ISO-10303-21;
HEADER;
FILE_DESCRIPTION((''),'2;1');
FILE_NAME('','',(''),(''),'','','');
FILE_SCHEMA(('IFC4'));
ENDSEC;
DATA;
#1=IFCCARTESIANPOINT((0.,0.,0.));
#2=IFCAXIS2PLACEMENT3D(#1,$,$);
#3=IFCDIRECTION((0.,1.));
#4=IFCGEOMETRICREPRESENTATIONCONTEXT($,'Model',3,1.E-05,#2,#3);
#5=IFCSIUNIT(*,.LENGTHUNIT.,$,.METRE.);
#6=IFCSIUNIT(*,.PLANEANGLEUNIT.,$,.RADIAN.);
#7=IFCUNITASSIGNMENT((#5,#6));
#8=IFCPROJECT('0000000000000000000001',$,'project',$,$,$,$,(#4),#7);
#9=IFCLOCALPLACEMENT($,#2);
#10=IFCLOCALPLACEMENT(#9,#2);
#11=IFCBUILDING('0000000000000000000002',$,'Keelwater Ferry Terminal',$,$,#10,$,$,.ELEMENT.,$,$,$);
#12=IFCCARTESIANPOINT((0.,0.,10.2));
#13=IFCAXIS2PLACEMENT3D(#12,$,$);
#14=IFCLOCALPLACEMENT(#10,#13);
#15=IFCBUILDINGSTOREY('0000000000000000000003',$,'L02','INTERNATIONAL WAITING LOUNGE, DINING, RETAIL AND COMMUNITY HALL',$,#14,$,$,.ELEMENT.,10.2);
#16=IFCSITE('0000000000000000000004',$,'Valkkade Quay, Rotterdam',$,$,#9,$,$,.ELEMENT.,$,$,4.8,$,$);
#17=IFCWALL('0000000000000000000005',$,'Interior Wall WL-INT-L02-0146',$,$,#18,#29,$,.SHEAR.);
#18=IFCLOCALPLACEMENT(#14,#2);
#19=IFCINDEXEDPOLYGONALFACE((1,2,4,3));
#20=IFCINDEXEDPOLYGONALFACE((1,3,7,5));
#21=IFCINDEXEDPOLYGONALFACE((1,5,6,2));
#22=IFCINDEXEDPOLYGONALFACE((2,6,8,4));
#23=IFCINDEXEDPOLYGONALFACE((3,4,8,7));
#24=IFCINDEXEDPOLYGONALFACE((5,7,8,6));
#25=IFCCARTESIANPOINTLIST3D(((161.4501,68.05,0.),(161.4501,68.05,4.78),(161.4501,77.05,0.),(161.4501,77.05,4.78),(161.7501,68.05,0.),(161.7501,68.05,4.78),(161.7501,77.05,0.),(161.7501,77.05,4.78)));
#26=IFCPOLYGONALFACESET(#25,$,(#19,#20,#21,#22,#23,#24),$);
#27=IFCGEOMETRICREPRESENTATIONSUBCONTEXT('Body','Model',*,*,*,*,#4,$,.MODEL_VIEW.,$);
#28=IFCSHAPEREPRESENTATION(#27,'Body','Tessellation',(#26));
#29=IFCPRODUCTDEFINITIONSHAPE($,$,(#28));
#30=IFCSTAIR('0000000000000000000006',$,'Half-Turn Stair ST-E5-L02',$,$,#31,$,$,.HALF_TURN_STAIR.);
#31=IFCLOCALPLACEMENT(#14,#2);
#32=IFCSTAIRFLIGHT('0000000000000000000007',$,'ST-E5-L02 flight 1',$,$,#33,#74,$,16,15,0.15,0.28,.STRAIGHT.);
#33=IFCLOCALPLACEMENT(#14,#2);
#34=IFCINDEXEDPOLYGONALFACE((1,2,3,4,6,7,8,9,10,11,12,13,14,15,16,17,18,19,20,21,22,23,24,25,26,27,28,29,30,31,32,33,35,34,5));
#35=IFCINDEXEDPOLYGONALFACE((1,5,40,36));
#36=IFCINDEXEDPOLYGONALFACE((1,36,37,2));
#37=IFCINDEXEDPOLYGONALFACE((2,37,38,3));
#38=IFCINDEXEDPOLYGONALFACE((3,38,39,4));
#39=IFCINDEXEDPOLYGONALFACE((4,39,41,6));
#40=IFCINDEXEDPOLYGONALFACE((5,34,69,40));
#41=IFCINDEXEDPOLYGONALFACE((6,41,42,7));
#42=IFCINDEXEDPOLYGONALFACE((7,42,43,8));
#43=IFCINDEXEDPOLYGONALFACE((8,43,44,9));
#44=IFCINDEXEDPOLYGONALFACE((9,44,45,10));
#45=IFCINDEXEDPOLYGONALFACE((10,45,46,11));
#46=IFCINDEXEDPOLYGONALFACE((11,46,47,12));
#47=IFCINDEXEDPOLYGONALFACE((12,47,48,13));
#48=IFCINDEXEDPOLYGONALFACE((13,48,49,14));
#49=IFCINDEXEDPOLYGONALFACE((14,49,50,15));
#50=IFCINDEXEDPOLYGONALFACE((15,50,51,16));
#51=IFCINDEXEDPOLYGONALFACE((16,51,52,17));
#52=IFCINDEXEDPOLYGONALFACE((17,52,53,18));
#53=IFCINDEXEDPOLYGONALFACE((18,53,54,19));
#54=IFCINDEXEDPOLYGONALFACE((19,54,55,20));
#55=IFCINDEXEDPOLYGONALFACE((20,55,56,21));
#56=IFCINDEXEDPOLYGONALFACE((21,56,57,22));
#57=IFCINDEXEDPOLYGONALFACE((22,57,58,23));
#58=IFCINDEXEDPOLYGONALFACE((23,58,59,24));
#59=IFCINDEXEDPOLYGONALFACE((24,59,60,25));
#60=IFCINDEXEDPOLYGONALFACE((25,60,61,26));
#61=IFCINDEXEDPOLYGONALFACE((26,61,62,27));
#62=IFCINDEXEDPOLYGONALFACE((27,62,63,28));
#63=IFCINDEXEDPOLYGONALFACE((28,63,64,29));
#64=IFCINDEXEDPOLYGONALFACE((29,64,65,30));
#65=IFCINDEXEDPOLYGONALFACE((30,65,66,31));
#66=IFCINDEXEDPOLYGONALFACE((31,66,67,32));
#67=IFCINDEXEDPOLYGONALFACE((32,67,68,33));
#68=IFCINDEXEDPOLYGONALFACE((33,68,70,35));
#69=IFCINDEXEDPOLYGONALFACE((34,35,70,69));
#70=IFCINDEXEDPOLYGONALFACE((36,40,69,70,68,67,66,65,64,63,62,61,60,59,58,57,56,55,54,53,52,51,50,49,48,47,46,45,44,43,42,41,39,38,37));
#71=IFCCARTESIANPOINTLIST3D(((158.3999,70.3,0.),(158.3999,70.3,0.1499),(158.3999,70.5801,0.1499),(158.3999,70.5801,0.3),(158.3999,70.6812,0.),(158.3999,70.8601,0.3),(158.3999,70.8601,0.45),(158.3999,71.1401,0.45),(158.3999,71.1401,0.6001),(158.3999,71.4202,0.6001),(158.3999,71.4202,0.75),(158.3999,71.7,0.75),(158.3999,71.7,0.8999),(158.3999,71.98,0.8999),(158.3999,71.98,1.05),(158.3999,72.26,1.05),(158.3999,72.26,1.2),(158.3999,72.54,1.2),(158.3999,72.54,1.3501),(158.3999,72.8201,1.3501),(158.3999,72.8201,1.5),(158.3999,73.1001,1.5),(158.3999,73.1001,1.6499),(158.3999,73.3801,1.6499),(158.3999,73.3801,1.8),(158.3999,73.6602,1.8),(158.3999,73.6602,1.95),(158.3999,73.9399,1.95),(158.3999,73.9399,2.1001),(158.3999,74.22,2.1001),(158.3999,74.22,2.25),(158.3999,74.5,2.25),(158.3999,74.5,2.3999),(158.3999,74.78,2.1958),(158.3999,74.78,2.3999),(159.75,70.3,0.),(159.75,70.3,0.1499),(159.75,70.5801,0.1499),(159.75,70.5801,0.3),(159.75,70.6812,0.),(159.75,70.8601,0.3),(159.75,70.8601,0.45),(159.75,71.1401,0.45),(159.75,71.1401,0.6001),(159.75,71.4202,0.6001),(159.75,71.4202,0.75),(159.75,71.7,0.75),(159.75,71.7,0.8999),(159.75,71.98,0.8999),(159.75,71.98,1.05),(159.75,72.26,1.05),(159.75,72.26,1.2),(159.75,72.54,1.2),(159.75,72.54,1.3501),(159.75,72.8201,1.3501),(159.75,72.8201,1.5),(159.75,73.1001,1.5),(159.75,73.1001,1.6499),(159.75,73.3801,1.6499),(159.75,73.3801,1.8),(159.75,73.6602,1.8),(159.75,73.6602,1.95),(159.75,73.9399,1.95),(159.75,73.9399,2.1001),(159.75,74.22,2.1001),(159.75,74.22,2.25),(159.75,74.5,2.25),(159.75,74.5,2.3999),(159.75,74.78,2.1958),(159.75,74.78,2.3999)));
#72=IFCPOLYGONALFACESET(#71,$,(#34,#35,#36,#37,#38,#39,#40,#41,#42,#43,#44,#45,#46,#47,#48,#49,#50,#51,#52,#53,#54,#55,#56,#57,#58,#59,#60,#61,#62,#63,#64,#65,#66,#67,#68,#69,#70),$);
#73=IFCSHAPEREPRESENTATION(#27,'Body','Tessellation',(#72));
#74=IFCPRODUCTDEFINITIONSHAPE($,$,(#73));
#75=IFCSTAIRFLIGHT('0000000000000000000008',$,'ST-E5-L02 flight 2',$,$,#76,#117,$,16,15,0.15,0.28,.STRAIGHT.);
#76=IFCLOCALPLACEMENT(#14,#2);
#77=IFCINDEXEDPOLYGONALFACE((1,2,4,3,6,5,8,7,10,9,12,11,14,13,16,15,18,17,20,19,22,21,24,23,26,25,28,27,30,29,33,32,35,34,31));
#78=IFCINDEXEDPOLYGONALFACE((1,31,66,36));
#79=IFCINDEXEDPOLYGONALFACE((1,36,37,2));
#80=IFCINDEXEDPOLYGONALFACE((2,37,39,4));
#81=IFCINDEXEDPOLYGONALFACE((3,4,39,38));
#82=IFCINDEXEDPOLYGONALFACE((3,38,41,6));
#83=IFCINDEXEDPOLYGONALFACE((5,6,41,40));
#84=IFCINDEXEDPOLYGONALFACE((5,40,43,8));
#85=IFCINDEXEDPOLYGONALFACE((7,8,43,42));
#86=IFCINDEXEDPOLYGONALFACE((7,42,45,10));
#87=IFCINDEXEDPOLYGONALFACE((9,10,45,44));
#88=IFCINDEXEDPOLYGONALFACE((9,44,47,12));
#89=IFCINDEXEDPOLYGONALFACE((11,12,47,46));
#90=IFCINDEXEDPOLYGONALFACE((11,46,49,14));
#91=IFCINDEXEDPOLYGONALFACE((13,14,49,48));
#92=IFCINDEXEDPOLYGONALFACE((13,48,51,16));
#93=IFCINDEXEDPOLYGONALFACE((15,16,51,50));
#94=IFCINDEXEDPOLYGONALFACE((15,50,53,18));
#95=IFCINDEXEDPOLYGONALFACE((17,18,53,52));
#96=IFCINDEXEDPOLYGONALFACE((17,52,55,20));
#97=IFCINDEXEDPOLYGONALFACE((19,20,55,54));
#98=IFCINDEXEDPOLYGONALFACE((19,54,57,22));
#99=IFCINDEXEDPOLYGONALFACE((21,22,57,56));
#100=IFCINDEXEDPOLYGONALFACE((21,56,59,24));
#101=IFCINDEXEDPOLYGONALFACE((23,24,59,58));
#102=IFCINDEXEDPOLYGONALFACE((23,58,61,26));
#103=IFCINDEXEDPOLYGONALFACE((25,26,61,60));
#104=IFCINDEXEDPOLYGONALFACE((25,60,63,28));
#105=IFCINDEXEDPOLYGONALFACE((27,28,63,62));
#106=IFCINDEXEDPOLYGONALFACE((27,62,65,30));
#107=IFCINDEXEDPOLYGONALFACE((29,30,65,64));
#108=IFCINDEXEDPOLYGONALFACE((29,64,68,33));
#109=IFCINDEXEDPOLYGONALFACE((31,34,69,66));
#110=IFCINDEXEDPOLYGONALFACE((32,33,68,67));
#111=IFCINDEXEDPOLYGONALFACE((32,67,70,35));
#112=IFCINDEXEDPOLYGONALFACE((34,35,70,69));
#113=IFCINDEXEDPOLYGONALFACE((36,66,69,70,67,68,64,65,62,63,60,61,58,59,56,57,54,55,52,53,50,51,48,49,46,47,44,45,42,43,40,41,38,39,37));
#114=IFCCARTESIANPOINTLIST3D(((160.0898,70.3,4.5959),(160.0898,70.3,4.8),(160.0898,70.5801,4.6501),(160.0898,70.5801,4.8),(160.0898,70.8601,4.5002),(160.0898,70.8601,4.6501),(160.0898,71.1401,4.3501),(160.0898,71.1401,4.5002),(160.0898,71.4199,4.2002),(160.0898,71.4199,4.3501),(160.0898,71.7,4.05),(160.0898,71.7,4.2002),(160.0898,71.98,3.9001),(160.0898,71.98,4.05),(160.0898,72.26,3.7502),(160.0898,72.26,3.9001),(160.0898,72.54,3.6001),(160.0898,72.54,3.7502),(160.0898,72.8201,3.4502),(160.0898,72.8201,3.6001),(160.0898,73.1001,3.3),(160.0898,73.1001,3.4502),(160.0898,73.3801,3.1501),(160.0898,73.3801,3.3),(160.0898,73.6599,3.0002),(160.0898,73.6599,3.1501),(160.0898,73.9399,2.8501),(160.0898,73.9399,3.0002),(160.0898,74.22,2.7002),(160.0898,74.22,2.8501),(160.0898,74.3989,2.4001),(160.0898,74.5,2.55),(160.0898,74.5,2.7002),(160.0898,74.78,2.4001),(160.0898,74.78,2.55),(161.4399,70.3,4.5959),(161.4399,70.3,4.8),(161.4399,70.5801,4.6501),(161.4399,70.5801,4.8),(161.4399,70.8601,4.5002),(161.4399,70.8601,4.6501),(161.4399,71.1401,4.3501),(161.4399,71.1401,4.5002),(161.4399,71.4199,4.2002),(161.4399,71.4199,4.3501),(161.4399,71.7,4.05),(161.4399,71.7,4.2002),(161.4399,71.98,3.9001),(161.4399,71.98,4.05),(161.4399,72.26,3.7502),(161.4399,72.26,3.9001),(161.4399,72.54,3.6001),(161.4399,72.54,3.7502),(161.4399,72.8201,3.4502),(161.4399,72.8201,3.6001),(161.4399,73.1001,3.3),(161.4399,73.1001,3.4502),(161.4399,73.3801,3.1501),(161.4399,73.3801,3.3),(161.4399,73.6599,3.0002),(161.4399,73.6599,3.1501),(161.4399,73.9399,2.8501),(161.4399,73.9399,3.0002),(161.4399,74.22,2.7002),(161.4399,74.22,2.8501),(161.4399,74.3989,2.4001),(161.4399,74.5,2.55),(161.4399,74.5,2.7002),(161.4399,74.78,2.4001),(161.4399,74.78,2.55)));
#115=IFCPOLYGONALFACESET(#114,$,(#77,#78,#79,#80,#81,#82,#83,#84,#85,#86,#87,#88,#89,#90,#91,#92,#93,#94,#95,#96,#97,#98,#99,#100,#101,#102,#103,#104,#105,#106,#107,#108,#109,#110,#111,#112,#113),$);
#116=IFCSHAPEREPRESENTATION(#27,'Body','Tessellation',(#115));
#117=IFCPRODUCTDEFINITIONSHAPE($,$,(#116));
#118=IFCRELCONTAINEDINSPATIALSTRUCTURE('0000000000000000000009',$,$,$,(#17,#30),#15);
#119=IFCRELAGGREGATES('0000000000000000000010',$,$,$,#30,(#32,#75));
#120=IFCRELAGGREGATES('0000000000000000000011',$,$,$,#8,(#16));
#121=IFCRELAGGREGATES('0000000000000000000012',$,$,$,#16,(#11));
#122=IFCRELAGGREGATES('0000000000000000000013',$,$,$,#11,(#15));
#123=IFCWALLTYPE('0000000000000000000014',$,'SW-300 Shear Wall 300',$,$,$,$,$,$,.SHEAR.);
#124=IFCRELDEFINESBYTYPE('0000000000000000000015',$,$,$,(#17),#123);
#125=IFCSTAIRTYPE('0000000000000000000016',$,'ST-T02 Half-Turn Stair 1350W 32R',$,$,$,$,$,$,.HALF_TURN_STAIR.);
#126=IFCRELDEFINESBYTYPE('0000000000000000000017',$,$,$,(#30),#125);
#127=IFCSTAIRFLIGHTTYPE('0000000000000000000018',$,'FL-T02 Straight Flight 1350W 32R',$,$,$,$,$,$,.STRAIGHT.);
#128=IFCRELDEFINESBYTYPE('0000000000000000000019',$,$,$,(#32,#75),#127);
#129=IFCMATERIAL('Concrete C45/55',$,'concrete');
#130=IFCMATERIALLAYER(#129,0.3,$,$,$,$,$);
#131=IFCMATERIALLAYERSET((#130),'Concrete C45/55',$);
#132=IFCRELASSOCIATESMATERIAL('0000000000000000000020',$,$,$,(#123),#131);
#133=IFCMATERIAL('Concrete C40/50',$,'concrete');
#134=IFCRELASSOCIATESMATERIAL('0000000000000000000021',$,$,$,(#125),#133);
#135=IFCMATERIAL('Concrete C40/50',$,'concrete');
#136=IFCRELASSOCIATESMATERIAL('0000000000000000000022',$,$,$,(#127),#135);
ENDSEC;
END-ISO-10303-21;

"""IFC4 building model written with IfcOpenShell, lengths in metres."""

from ifc_helpers import new_model, si_unit, direction, frame, frame_2d, origin, place, context, subcontext, project, spatial, polyline, rectangle, outline, extrude, material, layer, layer_set, type_object, element, aggregate, save


model = new_model("IFC4")

# Units and contexts
model_context = context("Model", 3, precision=1e-05, world=origin(), true_north=direction((0.0, 1.0)))
body_context = subcontext(model_context, "Body", "Model", "MODEL_VIEW")
ifc_project = project(units=[si_unit("LENGTHUNIT", "METRE"), si_unit("PLANEANGLEUNIT", "RADIAN")], contexts=[model_context])

# Site, building, storey
site_placement = place(None, origin())
site = spatial("IfcSite", under=ifc_project, at=site_placement, Name="Valkkade Quay, Rotterdam", CompositionType="ELEMENT", RefElevation=4.8)
building_placement = place(site_placement, origin())
building = spatial("IfcBuilding", under=site, at=building_placement, Name="Keelwater Ferry Terminal", CompositionType="ELEMENT")
storey_placement = place(building_placement, frame((0.0, 0.0, 10.2)))
storey = spatial("IfcBuildingStorey", under=building, at=storey_placement, Name="L02", Description="INTERNATIONAL WAITING LOUNGE, DINING, RETAIL AND COMMUNITY HALL", CompositionType="ELEMENT", Elevation=10.2)

# Shared definitions
ifc_material_1 = material(Name="Concrete C45/55", Category="concrete")
ifc_layer_1 = layer(ifc_material_1, 0.3)
ifc_layer_set_1 = layer_set([ifc_layer_1], Name="Concrete C45/55")
wall_type = type_object("IfcWallType", Name="SW-300 Shear Wall 300", PredefinedType="SHEAR", material=ifc_layer_set_1)

# Wall
for number, where, z_axis, x_axis, name in (
    (1, (161.6001, 68.05, 0.0), (0.0, 0.0, 1.0), (0.0, 1.0, 0.0), "Interior Wall WL-INT-L02-0146"),
):
    element("IfcWall", number, at=place(storey_placement, frame(where, z_axis=z_axis, x_axis=x_axis)), inside=storey, type_object=wall_type, Name=name, PredefinedType="SHEAR", context=body_context, shape_type="SweptSolid", body=[
        extrude(rectangle(XDim=9.0, YDim=0.3, at=frame_2d((4.5, 0.0))), origin(), (0.0, 0.0, 1.0), 4.78),
    ])

# Stair, stair flights
ifc_material_2 = material(Name="Concrete C40/50", Category="concrete")
stair_type = type_object("IfcStairType", Name="ST-T02 Half-Turn Stair 1350W 32R", PredefinedType="HALF_TURN_STAIR", material=ifc_material_2)
stair_placement = place(storey_placement, origin())
stair = element("IfcStair", 2, at=stair_placement, inside=storey, type_object=stair_type, Name="Half-Turn Stair ST-E5-L02", PredefinedType="HALF_TURN_STAIR")
ifc_material_3 = material(Name="Concrete C40/50", Category="concrete")
stair_flight_type = type_object("IfcStairFlightType", Name="FL-T02 Straight Flight 1350W 32R", PredefinedType="STRAIGHT", material=ifc_material_3)
stair_flight_1_placement = place(storey_placement, frame((159.075, 70.3, 0.0), z_axis=(0.0, 0.0, 1.0), x_axis=(0.0, 1.0, 0.0)))
stair_flight_1 = element("IfcStairFlight", 3, at=stair_flight_1_placement, type_object=stair_flight_type, Name="ST-E5-L02 flight 1", NumberOfRisers=16, NumberOfTreads=15, PredefinedType="STRAIGHT", RiserHeight=0.15, TreadLength=0.28, context=body_context, shape_type="SweptSolid", body=[
    extrude(outline(polyline([(0.0, 0.0), (0.0, 0.1499), (0.28, 0.1499), (0.28, 0.3), (0.5601, 0.3), (0.5601, 0.45), (0.8401, 0.45), (0.8401, 0.6001), (1.1201, 0.6001), (1.1201, 0.75), (1.3999, 0.75), (1.3999, 0.8999), (1.6799, 0.8999), (1.6799, 1.05), (1.96, 1.05), (1.96, 1.2), (2.24, 1.2), (2.24, 1.3501), (2.52, 1.3501), (2.52, 1.5), (2.8, 1.5), (2.8, 1.6499), (3.0801, 1.6499), (3.0801, 1.8), (3.3601, 1.8), (3.3601, 1.95), (3.6399, 1.95), (3.6399, 2.1001), (3.9199, 2.1001), (3.9199, 2.25), (4.2, 2.25), (4.2, 2.3999), (4.48, 2.3999), (4.48, 2.1958), (0.3811, 0.0), (0.0, 0.0)])), frame((0.0, 0.675, 0.0), z_axis=(0.0, -1.0, 0.0), x_axis=(1.0, 0.0, 0.0)), (0.0, 0.0, 1.0), 1.3501),
])
stair_flight_2_placement = place(storey_placement, frame((160.7649, 74.78, 2.4001), z_axis=(0.0, 0.0, 1.0), x_axis=(0.0, -1.0, 0.0)))
stair_flight_2 = element("IfcStairFlight", 4, at=stair_flight_2_placement, type_object=stair_flight_type, Name="ST-E5-L02 flight 2", NumberOfRisers=16, NumberOfTreads=15, PredefinedType="STRAIGHT", RiserHeight=0.15, TreadLength=0.28, context=body_context, shape_type="SweptSolid", body=[
    extrude(outline(polyline([(0.0, 0.0), (0.0, 0.1499), (0.28, 0.1499), (0.28, 0.3), (0.5601, 0.3), (0.5601, 0.45), (0.8401, 0.45), (0.8401, 0.6001), (1.1201, 0.6001), (1.1201, 0.75), (1.3999, 0.75), (1.3999, 0.8999), (1.6799, 0.8999), (1.6799, 1.05), (1.96, 1.05), (1.96, 1.2), (2.24, 1.2), (2.24, 1.3501), (2.52, 1.3501), (2.52, 1.5), (2.8, 1.5), (2.8, 1.6499), (3.0801, 1.6499), (3.0801, 1.8), (3.3601, 1.8), (3.3601, 1.95), (3.6399, 1.95), (3.6399, 2.1001), (3.9199, 2.1001), (3.9199, 2.25), (4.2, 2.25), (4.2, 2.3999), (4.48, 2.3999), (4.48, 2.1958), (0.3811, 0.0), (0.0, 0.0)])), frame((0.0, 0.675, 0.0), z_axis=(0.0, -1.0, 0.0), x_axis=(1.0, 0.0, 0.0)), (0.0, 0.0, 1.0), 1.3501),
])
aggregate(stair, [stair_flight_1, stair_flight_2])

save(model, "model.ifc")
